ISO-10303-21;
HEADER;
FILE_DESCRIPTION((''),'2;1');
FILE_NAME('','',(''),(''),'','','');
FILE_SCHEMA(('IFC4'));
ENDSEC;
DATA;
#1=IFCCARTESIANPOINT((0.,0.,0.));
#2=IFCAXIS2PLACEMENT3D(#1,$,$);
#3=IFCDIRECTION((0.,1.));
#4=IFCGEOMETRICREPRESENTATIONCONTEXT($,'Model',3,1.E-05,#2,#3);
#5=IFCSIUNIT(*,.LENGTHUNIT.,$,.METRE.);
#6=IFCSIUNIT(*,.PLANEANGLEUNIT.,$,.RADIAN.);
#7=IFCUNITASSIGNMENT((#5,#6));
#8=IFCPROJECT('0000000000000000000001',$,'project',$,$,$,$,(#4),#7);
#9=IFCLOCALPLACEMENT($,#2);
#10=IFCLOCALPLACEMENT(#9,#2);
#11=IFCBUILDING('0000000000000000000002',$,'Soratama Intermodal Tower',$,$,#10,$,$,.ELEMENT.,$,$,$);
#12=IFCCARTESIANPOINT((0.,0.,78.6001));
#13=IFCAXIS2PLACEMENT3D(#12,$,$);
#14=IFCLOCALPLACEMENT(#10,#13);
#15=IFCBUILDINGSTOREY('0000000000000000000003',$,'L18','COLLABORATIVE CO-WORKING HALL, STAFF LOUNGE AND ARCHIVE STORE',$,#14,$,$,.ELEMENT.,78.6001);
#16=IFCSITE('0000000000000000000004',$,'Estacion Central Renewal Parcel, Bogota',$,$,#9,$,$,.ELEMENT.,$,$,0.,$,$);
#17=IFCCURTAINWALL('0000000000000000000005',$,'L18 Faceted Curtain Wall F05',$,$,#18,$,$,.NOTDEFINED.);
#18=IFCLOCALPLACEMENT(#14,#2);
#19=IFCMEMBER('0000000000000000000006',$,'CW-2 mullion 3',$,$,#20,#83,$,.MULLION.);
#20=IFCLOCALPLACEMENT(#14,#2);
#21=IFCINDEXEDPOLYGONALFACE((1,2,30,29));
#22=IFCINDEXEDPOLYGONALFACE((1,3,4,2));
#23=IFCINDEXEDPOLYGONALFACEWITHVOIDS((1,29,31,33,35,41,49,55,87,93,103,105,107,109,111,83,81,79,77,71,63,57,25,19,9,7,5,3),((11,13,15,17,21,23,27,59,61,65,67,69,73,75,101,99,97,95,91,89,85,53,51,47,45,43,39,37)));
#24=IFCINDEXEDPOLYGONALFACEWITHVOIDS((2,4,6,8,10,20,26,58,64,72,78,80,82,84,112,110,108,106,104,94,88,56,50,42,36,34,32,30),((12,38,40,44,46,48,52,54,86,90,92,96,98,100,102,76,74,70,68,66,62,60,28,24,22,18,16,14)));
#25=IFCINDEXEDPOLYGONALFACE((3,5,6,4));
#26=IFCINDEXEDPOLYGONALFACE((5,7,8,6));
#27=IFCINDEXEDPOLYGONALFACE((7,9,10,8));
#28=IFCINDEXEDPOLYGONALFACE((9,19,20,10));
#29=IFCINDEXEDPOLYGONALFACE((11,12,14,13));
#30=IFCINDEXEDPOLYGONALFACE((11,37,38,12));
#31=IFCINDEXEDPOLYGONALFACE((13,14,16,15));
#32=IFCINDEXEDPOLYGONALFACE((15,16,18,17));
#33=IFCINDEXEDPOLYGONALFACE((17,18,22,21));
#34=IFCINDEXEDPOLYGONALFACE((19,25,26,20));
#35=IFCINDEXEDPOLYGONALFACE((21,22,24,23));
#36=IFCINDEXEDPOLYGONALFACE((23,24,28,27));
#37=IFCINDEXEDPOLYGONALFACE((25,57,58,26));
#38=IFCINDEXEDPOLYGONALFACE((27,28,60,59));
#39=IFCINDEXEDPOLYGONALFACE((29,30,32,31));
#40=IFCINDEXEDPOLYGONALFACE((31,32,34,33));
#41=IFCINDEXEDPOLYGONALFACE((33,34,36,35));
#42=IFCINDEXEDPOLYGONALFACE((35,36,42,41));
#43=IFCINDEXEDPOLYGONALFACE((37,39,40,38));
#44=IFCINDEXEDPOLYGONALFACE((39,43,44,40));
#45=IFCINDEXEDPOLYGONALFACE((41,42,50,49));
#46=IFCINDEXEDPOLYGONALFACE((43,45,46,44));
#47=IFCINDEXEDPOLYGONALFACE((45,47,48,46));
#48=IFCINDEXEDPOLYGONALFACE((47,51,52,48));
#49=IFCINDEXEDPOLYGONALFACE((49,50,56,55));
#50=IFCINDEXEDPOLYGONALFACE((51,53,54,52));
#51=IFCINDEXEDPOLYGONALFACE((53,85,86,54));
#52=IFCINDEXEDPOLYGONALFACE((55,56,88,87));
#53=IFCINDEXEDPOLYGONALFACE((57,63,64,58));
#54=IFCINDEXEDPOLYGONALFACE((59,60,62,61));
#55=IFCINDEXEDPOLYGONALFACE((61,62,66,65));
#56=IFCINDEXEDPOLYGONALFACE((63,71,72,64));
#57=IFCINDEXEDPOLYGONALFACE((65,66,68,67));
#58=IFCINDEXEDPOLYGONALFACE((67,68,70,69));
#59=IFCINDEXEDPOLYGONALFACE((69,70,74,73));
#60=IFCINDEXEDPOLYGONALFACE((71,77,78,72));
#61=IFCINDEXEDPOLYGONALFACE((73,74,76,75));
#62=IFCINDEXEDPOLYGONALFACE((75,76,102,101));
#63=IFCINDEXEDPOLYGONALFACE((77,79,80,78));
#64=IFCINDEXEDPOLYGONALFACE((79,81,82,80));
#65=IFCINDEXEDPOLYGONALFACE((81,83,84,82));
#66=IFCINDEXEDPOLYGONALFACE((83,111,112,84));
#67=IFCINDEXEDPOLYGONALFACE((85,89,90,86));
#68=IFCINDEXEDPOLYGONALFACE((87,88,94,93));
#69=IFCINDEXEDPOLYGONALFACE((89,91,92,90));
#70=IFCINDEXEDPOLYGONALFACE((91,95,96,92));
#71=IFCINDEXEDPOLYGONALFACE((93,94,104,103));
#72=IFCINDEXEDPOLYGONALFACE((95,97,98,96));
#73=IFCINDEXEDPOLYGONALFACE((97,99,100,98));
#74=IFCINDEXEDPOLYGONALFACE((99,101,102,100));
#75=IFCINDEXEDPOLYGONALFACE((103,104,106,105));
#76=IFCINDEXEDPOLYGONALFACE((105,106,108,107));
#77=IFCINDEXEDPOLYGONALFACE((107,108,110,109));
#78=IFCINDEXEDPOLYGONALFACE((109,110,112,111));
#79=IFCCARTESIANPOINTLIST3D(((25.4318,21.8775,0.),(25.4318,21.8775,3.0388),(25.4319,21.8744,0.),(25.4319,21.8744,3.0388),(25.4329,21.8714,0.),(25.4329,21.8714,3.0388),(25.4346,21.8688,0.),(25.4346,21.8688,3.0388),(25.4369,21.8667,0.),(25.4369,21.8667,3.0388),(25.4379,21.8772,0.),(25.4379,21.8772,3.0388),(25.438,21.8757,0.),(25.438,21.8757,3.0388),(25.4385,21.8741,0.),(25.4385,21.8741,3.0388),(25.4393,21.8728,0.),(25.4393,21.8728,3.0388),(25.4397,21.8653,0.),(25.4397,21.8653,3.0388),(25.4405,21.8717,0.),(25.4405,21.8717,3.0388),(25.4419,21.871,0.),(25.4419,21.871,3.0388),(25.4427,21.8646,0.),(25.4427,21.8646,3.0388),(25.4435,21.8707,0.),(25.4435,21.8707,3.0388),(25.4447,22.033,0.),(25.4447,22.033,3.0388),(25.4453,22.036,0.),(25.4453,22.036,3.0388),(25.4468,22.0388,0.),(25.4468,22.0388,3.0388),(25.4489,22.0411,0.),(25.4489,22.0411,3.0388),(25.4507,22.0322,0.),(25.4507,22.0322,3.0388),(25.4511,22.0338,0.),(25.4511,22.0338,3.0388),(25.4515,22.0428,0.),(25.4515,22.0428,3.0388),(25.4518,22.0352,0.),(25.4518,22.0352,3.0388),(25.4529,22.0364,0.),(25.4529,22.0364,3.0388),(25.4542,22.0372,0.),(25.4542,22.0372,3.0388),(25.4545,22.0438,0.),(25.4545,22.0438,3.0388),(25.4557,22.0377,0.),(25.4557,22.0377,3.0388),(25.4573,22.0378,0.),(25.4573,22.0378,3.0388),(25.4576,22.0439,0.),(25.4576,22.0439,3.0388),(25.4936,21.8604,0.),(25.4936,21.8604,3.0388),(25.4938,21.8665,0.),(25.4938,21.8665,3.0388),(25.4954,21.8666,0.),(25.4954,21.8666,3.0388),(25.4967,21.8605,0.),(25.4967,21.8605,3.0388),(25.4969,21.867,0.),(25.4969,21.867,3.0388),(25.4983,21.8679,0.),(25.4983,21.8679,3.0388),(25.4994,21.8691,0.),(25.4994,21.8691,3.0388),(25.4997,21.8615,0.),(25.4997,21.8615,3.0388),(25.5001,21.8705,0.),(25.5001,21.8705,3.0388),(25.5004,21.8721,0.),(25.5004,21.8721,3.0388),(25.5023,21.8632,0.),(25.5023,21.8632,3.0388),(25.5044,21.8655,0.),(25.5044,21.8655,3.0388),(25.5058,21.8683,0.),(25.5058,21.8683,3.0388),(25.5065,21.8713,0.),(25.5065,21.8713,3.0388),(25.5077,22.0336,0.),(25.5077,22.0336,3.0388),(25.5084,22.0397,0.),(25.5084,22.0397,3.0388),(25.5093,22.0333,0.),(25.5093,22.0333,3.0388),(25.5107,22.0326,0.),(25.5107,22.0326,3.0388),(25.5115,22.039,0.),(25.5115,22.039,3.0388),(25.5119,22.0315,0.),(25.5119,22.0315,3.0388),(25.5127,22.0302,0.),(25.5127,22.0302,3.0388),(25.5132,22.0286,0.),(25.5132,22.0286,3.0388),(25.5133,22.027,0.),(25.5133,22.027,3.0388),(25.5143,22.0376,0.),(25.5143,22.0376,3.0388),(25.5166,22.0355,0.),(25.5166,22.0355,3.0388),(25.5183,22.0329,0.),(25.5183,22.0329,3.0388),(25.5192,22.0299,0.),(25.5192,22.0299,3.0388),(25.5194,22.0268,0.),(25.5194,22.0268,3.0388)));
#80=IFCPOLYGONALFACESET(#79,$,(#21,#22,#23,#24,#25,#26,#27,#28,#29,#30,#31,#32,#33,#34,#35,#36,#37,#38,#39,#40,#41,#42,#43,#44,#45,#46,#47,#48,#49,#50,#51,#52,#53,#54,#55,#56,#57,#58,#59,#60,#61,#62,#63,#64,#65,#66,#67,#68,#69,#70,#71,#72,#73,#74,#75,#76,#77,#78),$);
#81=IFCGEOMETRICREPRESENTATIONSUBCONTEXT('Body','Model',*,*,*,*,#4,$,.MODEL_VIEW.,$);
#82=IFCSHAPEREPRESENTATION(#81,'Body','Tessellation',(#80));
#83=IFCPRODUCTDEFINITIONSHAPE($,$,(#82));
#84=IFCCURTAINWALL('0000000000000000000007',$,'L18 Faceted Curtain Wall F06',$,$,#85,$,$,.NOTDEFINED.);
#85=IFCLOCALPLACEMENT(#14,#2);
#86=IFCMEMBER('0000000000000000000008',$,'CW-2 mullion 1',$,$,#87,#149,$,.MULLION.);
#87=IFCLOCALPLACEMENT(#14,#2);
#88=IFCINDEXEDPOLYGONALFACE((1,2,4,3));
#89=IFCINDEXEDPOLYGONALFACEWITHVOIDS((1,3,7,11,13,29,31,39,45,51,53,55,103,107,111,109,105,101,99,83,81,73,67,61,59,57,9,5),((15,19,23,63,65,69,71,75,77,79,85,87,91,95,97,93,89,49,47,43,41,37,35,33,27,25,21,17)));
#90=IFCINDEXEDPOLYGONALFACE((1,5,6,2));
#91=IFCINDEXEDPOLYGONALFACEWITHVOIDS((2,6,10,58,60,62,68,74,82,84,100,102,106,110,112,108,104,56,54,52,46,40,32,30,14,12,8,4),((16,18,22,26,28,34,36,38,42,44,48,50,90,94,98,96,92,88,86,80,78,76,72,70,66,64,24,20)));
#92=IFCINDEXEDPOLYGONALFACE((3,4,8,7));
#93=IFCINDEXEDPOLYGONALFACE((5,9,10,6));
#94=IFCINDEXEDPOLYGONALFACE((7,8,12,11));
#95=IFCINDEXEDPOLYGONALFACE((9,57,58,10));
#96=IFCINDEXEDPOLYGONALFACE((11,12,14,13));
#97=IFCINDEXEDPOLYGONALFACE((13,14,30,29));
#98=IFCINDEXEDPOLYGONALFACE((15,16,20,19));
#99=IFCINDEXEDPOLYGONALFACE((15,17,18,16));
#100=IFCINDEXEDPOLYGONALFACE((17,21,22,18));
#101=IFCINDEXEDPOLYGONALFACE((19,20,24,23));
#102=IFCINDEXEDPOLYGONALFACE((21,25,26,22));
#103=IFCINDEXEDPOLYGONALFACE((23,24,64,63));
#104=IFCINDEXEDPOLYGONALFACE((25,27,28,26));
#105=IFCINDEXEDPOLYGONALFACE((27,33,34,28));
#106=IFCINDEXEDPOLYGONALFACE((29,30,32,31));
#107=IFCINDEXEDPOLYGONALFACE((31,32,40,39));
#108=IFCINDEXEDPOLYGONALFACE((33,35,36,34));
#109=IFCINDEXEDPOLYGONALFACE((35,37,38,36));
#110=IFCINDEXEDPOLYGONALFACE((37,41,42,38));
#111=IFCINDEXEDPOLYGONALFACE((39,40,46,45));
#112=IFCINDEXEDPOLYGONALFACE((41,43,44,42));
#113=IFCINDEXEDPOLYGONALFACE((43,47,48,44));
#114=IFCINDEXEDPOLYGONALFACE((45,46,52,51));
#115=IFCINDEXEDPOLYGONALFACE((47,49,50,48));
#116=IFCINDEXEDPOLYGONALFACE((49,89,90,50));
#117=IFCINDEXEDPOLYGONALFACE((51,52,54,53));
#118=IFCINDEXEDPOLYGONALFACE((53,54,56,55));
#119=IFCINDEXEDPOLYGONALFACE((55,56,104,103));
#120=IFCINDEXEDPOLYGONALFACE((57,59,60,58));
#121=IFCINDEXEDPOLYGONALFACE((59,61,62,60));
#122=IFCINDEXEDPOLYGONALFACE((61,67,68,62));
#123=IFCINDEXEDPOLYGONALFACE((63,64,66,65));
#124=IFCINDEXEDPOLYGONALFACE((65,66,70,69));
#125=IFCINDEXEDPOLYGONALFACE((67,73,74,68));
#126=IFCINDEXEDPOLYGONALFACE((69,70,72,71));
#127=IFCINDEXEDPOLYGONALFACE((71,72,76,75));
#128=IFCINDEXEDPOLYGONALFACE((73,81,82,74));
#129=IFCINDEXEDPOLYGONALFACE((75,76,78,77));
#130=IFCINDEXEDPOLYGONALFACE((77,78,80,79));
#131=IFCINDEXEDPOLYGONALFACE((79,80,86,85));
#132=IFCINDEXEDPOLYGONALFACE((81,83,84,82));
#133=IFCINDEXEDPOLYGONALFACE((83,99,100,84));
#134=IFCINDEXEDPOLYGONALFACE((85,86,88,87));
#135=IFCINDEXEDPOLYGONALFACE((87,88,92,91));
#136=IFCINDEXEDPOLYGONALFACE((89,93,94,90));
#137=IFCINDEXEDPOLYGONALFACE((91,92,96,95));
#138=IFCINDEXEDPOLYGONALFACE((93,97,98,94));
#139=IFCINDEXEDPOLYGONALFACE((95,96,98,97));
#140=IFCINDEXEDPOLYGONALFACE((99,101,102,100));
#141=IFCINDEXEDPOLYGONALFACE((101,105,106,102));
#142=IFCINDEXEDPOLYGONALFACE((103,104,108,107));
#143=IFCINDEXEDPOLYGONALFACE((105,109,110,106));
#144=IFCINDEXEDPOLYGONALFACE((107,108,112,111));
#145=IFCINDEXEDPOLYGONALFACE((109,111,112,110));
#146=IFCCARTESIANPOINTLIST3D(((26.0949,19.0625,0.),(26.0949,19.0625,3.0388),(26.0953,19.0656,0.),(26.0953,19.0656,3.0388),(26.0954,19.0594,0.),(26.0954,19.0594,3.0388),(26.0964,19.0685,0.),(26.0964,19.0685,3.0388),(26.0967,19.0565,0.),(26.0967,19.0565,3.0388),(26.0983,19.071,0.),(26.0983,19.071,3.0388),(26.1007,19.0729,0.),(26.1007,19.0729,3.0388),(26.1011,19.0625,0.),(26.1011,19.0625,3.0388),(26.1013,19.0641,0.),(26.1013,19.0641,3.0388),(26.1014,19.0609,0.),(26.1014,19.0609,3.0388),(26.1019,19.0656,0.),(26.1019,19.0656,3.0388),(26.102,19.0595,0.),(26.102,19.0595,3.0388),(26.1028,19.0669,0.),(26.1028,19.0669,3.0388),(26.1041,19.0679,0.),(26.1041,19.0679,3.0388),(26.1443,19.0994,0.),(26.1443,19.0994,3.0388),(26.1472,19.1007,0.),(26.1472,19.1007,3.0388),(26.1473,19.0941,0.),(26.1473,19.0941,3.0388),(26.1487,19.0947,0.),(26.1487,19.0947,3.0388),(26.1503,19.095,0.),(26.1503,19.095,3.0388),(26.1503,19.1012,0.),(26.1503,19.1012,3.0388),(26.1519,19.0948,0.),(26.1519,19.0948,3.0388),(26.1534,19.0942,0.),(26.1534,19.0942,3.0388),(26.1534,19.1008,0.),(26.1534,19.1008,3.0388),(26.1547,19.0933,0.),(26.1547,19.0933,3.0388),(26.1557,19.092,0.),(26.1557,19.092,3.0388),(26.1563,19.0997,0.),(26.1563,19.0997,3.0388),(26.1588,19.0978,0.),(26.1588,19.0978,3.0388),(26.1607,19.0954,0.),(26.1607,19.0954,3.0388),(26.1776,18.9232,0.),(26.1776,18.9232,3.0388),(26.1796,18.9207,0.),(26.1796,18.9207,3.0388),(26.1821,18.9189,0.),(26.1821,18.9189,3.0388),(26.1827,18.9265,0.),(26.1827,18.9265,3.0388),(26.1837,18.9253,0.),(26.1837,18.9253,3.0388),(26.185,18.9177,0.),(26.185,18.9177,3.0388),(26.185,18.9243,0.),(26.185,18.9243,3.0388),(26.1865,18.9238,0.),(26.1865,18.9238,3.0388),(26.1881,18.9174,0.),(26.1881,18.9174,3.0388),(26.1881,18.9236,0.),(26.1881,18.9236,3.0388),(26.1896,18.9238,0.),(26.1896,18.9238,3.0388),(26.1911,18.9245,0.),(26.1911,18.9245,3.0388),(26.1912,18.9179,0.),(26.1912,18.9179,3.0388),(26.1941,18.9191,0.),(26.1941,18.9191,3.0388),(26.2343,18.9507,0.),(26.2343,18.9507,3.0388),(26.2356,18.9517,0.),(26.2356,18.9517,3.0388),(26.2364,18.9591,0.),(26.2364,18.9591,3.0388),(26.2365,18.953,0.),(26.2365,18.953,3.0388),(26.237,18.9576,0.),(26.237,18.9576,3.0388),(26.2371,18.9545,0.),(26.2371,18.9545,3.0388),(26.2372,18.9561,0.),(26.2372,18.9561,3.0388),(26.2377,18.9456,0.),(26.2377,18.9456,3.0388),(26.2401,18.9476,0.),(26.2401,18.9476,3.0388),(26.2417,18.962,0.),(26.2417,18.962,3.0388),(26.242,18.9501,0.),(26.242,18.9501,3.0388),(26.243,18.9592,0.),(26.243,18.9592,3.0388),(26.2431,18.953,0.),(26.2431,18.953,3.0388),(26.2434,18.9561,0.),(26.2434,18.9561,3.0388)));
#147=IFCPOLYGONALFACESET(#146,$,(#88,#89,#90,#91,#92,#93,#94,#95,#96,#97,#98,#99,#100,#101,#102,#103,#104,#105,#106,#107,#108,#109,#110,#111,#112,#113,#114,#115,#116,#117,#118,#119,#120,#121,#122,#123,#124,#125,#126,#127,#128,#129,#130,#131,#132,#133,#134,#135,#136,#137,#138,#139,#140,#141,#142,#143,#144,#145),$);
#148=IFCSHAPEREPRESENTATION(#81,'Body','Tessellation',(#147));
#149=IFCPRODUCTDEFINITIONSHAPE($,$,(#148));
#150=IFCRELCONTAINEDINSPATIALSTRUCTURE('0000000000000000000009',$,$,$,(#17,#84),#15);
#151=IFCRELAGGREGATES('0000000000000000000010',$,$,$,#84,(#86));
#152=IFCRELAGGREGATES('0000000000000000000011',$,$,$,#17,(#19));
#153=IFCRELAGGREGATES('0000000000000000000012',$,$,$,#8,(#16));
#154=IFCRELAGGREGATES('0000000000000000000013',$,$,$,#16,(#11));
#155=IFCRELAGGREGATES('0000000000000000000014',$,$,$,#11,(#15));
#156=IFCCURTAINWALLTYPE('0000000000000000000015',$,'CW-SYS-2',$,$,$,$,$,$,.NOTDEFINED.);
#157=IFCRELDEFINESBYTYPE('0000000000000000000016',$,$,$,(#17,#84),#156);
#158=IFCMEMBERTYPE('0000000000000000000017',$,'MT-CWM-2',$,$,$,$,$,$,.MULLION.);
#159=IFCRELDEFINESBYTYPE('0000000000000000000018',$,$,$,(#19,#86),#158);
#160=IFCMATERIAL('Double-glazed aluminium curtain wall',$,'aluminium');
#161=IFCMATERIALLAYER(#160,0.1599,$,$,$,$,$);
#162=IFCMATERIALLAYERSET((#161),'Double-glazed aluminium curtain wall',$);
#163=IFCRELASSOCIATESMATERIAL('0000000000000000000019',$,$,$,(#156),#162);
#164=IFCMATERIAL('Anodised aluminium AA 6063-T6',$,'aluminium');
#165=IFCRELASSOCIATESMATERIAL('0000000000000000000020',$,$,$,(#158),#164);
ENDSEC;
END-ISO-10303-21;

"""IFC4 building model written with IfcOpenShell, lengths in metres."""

from ifc_helpers import new_model, si_unit, direction, frame, origin, origin_2d, place, context, subcontext, project, spatial, hollow_rectangle, extrude, material, layer, layer_set, material_profile, profile_set, type_object, element, aggregate, save


model = new_model("IFC4")

# Units and contexts
model_context = context("Model", 3, precision=1e-05, world=origin(), true_north=direction((0.0, 1.0)))
body_context = subcontext(model_context, "Body", "Model", "MODEL_VIEW")
ifc_project = project(units=[si_unit("LENGTHUNIT", "METRE"), si_unit("PLANEANGLEUNIT", "RADIAN")], contexts=[model_context])

# Site, building, storey
site_placement = place(None, origin())
site = spatial("IfcSite", under=ifc_project, at=site_placement, Name="Estacion Central Renewal Parcel, Bogota", CompositionType="ELEMENT", RefElevation=0.0)
building_placement = place(site_placement, origin())
building = spatial("IfcBuilding", under=site, at=building_placement, Name="Soratama Intermodal Tower", CompositionType="ELEMENT")
storey_placement = place(building_placement, frame((0.0, 0.0, 78.6001)))
storey = spatial("IfcBuildingStorey", under=building, at=storey_placement, Name="L18", Description="COLLABORATIVE CO-WORKING HALL, STAFF LOUNGE AND ARCHIVE STORE", CompositionType="ELEMENT", Elevation=78.6001)

# Curtain wall, member
ifc_material_1 = material(Name="Double-glazed aluminium curtain wall", Category="aluminium")
ifc_layer_1 = layer(ifc_material_1, 0.1599)
ifc_layer_set_1 = layer_set([ifc_layer_1], Name="Double-glazed aluminium curtain wall")
curtain_wall_type = type_object("IfcCurtainWallType", Name="CW-SYS-2", PredefinedType="NOTDEFINED", material=ifc_layer_set_1)
curtain_wall_1_placement = place(storey_placement, origin())
curtain_wall_1 = element("IfcCurtainWall", 1, at=curtain_wall_1_placement, inside=storey, type_object=curtain_wall_type, Name="L18 Faceted Curtain Wall F05", PredefinedType="NOTDEFINED")
ifc_material_2 = material(Name="Anodised aluminium AA 6063-T6", Category="aluminium")
ifc_material_profile_1 = material_profile(ifc_material_2, hollow_rectangle(XDim=0.075, YDim=0.1799, WallThickness=0.0061, InnerFilletRadius=0.0061, OuterFilletRadius=0.012, at=origin_2d()), Name="CWM180X75X6")
ifc_profile_set_1 = profile_set([ifc_material_profile_1], Name="Anodised aluminium AA 6063-T6")
member_type_1 = type_object("IfcMemberType", Name="MT-CWM-2", PredefinedType="MULLION", material=ifc_profile_set_1)
member_1_placement = place(storey_placement, frame((25.4756, 21.9521, 0.0), z_axis=(0.0, 0.0, 1.0), x_axis=(0.996581, -0.082626, 0.0)))
member_1 = element("IfcMember", 2, at=member_1_placement, type_object=member_type_1, Name="CW-2 mullion 3", PredefinedType="MULLION", context=body_context, shape_type="SweptSolid", body=[
    extrude(hollow_rectangle(XDim=0.075, YDim=0.1799, WallThickness=0.0061, InnerFilletRadius=0.0061, OuterFilletRadius=0.012, at=origin_2d()), origin(), (0.0, 0.0, 1.0), 3.0388),
])

# Curtain wall, member
curtain_wall_2_placement = place(storey_placement, origin())
curtain_wall_2 = element("IfcCurtainWall", 3, at=curtain_wall_2_placement, inside=storey, type_object=curtain_wall_type, Name="L18 Faceted Curtain Wall F06", PredefinedType="NOTDEFINED")
member_2_placement = place(storey_placement, frame((26.1692, 19.0093, 0.0), z_axis=(0.0, 0.0, 1.0), x_axis=(0.854821, 0.518923, 0.0)))
member_2 = element("IfcMember", 4, at=member_2_placement, type_object=member_type_1, Name="CW-2 mullion 1", PredefinedType="MULLION", context=body_context, shape_type="SweptSolid", body=[
    extrude(hollow_rectangle(XDim=0.075, YDim=0.1799, WallThickness=0.0061, InnerFilletRadius=0.0061, OuterFilletRadius=0.012, at=origin_2d()), origin(), (0.0, 0.0, 1.0), 3.0388),
])
aggregate(curtain_wall_2, [member_2])

aggregate(curtain_wall_1, [member_1])

save(model, "model.ifc")
